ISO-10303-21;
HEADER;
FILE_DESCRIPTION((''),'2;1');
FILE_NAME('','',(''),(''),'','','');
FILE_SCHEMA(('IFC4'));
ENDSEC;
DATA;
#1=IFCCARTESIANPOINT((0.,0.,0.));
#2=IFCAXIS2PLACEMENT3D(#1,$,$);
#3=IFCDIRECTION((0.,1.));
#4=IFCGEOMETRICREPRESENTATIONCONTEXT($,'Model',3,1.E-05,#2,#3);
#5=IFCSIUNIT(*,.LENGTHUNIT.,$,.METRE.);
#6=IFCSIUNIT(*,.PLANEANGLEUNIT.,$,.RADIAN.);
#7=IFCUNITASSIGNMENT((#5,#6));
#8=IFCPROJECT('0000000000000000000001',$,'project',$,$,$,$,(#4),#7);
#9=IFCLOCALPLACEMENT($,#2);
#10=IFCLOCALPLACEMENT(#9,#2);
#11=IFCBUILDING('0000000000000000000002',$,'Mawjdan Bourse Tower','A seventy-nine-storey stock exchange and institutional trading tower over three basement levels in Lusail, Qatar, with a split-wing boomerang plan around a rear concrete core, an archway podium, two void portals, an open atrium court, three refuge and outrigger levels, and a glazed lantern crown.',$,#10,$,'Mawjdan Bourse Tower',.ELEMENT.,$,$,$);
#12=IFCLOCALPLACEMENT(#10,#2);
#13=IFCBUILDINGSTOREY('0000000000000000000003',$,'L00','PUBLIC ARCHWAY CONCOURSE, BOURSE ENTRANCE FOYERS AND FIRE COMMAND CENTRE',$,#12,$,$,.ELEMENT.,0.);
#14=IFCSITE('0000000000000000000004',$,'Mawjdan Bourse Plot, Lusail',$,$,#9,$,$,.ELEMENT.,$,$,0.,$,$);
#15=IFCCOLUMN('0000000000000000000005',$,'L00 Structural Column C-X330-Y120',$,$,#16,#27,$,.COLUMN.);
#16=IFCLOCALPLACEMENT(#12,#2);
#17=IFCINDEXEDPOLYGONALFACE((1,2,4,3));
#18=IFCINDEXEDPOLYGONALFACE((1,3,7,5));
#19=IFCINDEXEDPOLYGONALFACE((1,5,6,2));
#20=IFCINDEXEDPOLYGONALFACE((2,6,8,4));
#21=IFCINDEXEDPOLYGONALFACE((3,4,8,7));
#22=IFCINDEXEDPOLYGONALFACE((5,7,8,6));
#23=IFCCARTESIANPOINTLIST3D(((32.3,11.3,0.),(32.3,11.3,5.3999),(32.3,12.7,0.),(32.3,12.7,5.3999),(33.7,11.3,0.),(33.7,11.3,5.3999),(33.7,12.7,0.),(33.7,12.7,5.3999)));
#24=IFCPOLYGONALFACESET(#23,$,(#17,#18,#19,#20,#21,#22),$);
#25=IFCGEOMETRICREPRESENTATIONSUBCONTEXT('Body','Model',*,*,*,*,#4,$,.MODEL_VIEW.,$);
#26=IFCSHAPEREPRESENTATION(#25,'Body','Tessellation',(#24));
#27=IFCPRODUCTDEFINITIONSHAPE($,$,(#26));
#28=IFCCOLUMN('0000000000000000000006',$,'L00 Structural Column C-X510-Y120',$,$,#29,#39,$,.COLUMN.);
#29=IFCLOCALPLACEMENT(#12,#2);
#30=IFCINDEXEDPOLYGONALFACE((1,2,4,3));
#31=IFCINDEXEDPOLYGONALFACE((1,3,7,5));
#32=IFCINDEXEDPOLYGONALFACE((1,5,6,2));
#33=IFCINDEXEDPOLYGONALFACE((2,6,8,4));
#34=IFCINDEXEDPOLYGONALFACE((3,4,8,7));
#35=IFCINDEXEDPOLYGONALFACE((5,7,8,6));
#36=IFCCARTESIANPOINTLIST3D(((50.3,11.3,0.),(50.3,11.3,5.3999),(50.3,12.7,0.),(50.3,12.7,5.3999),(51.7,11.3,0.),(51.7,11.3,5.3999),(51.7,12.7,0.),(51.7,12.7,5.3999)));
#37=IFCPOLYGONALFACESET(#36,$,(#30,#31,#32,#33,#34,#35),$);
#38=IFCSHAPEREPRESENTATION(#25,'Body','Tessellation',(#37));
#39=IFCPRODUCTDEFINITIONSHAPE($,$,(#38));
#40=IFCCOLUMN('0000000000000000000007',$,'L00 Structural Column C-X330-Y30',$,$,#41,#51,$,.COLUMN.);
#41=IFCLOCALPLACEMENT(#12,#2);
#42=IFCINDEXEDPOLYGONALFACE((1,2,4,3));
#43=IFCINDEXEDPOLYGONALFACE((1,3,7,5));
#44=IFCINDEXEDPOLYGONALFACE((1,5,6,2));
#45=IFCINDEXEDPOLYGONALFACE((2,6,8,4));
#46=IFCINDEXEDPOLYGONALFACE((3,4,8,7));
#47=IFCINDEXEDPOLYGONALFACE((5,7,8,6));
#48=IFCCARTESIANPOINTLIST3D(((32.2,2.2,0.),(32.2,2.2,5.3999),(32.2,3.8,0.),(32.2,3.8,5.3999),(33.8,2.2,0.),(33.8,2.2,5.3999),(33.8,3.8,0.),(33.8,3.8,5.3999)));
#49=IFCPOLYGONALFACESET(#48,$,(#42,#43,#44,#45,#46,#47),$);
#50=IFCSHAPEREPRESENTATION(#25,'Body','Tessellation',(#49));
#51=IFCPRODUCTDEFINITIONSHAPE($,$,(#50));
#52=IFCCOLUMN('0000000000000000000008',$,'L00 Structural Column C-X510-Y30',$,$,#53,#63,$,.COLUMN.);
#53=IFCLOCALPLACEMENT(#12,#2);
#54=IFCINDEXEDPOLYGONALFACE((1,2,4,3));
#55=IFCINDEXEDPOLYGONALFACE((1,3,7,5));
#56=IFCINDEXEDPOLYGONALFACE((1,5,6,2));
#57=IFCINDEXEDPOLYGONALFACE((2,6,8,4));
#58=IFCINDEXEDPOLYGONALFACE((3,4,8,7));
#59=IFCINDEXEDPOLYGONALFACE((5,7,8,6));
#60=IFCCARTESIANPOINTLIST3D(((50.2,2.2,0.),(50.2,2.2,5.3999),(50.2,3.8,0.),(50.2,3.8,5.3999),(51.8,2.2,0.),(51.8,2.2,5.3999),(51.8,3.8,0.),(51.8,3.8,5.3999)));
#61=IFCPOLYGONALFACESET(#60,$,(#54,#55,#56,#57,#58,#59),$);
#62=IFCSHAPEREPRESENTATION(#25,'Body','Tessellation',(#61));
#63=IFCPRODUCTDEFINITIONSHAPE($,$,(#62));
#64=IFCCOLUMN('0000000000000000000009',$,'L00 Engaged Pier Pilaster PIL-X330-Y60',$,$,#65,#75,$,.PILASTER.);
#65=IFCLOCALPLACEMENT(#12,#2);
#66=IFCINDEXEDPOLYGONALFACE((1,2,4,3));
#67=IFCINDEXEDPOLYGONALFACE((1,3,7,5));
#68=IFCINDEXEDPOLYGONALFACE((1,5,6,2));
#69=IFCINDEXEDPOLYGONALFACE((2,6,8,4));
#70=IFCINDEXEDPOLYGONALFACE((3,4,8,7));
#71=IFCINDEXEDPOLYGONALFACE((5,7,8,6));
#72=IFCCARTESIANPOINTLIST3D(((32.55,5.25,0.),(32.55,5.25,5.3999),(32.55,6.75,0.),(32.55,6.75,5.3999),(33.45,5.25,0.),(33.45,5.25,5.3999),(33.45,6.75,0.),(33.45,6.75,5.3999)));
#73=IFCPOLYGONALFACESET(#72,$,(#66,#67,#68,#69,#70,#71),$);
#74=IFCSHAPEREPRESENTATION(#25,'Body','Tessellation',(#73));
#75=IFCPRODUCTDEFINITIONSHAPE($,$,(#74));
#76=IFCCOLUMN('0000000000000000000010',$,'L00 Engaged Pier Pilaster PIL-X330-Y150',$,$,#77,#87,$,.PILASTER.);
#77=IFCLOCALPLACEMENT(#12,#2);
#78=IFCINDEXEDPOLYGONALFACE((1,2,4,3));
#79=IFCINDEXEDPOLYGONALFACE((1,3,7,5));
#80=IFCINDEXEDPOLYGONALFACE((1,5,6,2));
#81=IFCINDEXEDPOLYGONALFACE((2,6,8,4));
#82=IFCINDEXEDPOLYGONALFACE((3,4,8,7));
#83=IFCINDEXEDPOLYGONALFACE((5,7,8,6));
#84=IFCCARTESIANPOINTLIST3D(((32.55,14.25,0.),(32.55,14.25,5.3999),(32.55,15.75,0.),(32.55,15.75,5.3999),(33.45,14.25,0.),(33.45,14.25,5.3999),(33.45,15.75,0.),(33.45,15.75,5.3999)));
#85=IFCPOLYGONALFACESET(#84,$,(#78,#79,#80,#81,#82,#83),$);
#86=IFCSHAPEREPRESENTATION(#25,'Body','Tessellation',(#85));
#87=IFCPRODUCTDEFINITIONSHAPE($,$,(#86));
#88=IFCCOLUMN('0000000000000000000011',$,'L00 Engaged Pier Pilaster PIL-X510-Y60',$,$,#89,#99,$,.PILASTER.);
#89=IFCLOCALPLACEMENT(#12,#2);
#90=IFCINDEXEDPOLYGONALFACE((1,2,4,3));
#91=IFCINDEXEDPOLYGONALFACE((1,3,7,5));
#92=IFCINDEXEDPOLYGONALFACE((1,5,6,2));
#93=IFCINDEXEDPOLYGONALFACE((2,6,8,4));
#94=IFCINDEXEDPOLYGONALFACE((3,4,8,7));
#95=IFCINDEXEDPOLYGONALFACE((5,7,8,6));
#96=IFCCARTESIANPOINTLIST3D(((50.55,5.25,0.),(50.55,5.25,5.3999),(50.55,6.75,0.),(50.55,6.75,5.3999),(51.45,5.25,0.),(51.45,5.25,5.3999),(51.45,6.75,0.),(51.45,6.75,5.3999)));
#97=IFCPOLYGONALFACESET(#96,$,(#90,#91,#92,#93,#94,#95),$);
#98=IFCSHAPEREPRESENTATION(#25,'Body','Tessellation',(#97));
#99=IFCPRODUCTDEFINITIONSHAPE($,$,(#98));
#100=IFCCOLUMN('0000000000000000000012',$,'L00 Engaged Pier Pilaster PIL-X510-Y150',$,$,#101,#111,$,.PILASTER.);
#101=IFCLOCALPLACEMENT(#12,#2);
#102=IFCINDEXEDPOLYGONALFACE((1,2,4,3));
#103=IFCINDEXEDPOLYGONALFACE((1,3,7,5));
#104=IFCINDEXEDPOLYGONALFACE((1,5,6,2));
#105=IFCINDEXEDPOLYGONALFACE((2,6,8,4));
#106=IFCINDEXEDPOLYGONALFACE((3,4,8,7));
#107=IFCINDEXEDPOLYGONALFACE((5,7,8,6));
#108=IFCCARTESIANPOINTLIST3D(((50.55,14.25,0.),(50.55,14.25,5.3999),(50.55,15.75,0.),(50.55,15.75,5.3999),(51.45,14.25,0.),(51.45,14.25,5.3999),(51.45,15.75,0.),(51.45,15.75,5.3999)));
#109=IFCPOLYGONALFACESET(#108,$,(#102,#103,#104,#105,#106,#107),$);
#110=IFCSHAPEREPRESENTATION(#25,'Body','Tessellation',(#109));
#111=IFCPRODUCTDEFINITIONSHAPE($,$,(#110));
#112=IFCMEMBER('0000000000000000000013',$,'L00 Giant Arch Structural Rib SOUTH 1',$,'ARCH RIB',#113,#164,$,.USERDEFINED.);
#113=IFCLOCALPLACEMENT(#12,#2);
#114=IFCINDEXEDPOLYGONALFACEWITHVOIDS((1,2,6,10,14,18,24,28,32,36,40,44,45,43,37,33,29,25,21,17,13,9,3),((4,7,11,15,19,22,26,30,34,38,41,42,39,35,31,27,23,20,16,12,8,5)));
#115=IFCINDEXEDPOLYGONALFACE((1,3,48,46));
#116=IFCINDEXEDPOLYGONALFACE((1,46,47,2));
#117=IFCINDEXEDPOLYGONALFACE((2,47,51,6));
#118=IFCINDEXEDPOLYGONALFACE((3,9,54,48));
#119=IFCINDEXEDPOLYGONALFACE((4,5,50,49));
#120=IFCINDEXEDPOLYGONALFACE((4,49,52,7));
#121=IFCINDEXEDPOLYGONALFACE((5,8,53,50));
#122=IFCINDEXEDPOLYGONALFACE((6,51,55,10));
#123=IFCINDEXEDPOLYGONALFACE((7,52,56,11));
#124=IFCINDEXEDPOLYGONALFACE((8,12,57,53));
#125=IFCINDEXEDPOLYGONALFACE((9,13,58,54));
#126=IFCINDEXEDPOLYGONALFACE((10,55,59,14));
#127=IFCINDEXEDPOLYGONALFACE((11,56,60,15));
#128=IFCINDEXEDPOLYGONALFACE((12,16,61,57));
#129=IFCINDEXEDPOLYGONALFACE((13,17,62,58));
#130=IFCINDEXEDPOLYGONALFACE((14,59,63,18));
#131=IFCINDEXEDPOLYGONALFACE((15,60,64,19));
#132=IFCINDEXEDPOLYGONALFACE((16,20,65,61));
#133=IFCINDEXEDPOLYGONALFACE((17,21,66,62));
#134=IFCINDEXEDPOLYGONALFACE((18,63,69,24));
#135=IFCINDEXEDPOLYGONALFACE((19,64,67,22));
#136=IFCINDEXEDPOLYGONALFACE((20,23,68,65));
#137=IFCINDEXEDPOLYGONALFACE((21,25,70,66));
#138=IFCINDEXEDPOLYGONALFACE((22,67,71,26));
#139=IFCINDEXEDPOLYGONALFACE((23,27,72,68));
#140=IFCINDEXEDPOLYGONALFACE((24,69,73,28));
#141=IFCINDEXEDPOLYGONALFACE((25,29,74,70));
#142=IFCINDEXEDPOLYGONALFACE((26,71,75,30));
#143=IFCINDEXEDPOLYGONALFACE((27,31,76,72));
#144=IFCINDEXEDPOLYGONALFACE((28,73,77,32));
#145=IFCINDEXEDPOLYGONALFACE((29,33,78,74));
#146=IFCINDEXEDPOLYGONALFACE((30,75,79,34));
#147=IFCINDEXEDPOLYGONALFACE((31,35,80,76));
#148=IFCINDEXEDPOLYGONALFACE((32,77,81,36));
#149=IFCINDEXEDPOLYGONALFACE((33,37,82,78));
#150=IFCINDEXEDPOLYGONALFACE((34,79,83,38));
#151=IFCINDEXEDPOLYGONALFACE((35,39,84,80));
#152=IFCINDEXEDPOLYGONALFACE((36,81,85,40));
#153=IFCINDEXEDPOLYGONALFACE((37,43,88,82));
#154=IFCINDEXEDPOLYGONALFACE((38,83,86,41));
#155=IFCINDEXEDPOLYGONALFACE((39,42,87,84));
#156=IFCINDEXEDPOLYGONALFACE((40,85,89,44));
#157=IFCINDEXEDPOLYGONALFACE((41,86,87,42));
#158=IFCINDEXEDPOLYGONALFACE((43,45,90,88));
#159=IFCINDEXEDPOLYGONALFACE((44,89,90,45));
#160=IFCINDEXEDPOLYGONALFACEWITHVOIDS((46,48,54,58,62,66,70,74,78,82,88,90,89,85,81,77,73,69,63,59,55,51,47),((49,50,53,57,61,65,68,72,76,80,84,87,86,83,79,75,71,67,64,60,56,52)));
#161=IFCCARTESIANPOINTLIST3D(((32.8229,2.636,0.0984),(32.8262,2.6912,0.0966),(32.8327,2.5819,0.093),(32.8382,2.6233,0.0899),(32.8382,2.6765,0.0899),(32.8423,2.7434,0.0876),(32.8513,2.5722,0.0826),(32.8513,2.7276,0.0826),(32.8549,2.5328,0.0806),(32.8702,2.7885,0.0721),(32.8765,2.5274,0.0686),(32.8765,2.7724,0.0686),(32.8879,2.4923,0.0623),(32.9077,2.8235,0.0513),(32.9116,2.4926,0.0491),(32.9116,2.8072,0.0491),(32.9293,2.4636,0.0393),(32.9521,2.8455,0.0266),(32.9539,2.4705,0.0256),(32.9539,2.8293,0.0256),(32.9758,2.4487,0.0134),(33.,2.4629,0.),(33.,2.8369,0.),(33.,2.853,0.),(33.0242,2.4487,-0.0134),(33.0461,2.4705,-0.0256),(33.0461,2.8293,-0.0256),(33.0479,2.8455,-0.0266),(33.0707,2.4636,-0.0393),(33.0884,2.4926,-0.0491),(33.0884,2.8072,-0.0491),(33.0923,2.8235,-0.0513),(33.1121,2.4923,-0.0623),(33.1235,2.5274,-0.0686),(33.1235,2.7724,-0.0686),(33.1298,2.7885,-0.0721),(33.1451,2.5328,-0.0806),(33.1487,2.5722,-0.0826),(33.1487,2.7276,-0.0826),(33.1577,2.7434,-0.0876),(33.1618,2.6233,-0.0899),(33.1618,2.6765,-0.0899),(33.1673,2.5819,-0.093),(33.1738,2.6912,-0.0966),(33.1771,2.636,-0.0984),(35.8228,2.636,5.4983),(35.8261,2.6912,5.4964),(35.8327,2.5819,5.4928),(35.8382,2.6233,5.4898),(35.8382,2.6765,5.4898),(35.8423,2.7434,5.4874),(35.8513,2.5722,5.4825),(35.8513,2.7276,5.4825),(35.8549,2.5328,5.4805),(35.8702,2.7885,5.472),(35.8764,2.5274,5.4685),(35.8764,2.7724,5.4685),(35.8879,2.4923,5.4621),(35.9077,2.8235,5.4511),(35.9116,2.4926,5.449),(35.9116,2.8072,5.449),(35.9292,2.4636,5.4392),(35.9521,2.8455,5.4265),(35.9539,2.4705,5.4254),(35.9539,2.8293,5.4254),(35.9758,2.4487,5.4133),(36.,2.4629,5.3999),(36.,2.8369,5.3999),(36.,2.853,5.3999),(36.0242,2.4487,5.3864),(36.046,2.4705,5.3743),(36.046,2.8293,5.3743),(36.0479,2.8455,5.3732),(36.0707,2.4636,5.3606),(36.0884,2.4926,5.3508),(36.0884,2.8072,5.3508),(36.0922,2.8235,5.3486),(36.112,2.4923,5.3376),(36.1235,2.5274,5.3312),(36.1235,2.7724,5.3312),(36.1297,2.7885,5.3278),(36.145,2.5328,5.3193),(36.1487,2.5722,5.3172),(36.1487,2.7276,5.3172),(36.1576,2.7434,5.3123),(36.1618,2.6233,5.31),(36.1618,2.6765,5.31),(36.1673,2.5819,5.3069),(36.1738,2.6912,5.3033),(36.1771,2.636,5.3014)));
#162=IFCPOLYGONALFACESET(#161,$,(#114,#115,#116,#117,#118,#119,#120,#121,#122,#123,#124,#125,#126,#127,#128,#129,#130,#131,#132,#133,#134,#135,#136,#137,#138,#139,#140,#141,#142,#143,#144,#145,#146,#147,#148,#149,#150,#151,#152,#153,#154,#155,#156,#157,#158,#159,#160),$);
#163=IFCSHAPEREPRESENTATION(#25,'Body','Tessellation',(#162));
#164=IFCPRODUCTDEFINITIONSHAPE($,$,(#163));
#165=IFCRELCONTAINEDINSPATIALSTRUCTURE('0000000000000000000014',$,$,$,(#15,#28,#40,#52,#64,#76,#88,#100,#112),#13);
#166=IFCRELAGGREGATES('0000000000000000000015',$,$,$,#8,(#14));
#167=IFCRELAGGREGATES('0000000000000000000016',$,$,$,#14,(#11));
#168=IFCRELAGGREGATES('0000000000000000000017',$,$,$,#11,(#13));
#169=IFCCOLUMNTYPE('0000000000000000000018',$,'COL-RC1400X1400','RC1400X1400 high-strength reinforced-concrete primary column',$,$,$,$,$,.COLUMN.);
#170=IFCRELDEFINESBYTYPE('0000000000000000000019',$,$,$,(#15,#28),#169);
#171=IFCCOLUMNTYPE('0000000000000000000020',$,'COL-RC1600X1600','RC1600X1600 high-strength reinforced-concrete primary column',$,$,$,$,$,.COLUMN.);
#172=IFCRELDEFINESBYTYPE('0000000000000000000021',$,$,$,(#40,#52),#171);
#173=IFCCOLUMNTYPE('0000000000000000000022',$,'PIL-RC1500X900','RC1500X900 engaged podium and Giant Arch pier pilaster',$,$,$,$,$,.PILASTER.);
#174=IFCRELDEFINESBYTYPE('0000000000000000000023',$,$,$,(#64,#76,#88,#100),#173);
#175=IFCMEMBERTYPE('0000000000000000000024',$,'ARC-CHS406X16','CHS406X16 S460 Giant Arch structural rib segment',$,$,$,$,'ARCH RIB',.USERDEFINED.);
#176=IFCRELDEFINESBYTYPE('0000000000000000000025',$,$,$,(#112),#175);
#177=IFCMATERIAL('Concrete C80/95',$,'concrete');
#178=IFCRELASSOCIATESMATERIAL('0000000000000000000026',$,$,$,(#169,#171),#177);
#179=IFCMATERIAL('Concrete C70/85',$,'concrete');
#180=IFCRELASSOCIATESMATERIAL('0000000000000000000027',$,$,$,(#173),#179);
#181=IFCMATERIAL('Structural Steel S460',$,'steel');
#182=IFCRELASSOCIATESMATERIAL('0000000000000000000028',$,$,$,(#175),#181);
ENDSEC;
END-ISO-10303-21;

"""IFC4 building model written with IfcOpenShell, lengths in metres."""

from ifc_helpers import new_model, si_unit, direction, frame, origin, origin_2d, place, context, subcontext, project, spatial, rectangle, hollow_circle, extrude, material, material_profile, profile_set, type_object, element, save


model = new_model("IFC4")

# Units and contexts
model_context = context("Model", 3, precision=1e-05, world=origin(), true_north=direction((0.0, 1.0)))
body_context = subcontext(model_context, "Body", "Model", "MODEL_VIEW")
ifc_project = project(units=[si_unit("LENGTHUNIT", "METRE"), si_unit("PLANEANGLEUNIT", "RADIAN")], contexts=[model_context])

# Site, building, storey
site_placement = place(None, origin())
site = spatial("IfcSite", under=ifc_project, at=site_placement, Name="Mawjdan Bourse Plot, Lusail", CompositionType="ELEMENT", RefElevation=0.0)
building_placement = place(site_placement, origin())
building = spatial("IfcBuilding", under=site, at=building_placement, Name="Mawjdan Bourse Tower", Description="A seventy-nine-storey stock exchange and institutional trading tower over three basement levels in Lusail, Qatar, with a split-wing boomerang plan around a rear concrete core, an archway podium, two void portals, an open atrium court, three refuge and outrigger levels, and a glazed lantern crown.", LongName="Mawjdan Bourse Tower", CompositionType="ELEMENT")
storey_placement = place(building_placement, origin())
storey = spatial("IfcBuildingStorey", under=building, at=storey_placement, Name="L00", Description="PUBLIC ARCHWAY CONCOURSE, BOURSE ENTRANCE FOYERS AND FIRE COMMAND CENTRE", CompositionType="ELEMENT", Elevation=0.0)

# Columns
ifc_material_1 = material(Name="Concrete C80/95", Category="concrete")
ifc_material_profile_1 = material_profile(ifc_material_1, rectangle(XDim=1.3999, YDim=1.3999, at=origin_2d()), Name="RC1400X1400")
ifc_profile_set_1 = profile_set([ifc_material_profile_1], Name="Concrete C80/95")
column_type_1 = type_object("IfcColumnType", Name="COL-RC1400X1400", Description="RC1400X1400 high-strength reinforced-concrete primary column", PredefinedType="COLUMN", material=ifc_profile_set_1)
for number, where, z_axis, x_axis, name in (
    (1, (33.0, 12.0, 0.0), (0.0, 0.0, 1.0), (1.0, 0.0, 0.0), "L00 Structural Column C-X330-Y120"),
    (2, (51.0, 12.0, 0.0), (0.0, 0.0, 1.0), (1.0, 0.0, 0.0), "L00 Structural Column C-X510-Y120"),
):
    element("IfcColumn", number, at=place(storey_placement, frame(where, z_axis=z_axis, x_axis=x_axis)), inside=storey, type_object=column_type_1, Name=name, PredefinedType="COLUMN", context=body_context, shape_type="SweptSolid", body=[
        extrude(rectangle(XDim=1.3999, YDim=1.3999, at=origin_2d()), origin(), (0.0, 0.0, 1.0), 5.3999),
    ])
ifc_material_profile_2 = material_profile(ifc_material_1, rectangle(XDim=1.6001, YDim=1.6001, at=origin_2d()), Name="RC1600X1600")
ifc_profile_set_2 = profile_set([ifc_material_profile_2], Name="Concrete C80/95")
column_type_2 = type_object("IfcColumnType", Name="COL-RC1600X1600", Description="RC1600X1600 high-strength reinforced-concrete primary column", PredefinedType="COLUMN", material=ifc_profile_set_2)
for number, where, z_axis, x_axis, name in (
    (3, (33.0, 3.0, 0.0), (0.0, 0.0, 1.0), (1.0, 0.0, 0.0), "L00 Structural Column C-X330-Y30"),
    (4, (51.0, 3.0, 0.0), (0.0, 0.0, 1.0), (1.0, 0.0, 0.0), "L00 Structural Column C-X510-Y30"),
):
    element("IfcColumn", number, at=place(storey_placement, frame(where, z_axis=z_axis, x_axis=x_axis)), inside=storey, type_object=column_type_2, Name=name, PredefinedType="COLUMN", context=body_context, shape_type="SweptSolid", body=[
        extrude(rectangle(XDim=1.6001, YDim=1.6001, at=origin_2d()), origin(), (0.0, 0.0, 1.0), 5.3999),
    ])
ifc_material_2 = material(Name="Concrete C70/85", Category="concrete")
ifc_material_profile_3 = material_profile(ifc_material_2, rectangle(XDim=0.8999, YDim=1.5, at=origin_2d()), Name="RC1500X900")
ifc_profile_set_3 = profile_set([ifc_material_profile_3], Name="Concrete C70/85")
column_type_3 = type_object("IfcColumnType", Name="PIL-RC1500X900", Description="RC1500X900 engaged podium and Giant Arch pier pilaster", PredefinedType="PILASTER", material=ifc_profile_set_3)
for number, where, z_axis, x_axis, name in (
    (5, (33.0, 6.0, 0.0), (0.0, 0.0, 1.0), (1.0, 0.0, 0.0), "L00 Engaged Pier Pilaster PIL-X330-Y60"),
    (6, (33.0, 15.0, 0.0), (0.0, 0.0, 1.0), (1.0, 0.0, 0.0), "L00 Engaged Pier Pilaster PIL-X330-Y150"),
    (7, (51.0, 6.0, 0.0), (0.0, 0.0, 1.0), (1.0, 0.0, 0.0), "L00 Engaged Pier Pilaster PIL-X510-Y60"),
    (8, (51.0, 15.0, 0.0), (0.0, 0.0, 1.0), (1.0, 0.0, 0.0), "L00 Engaged Pier Pilaster PIL-X510-Y150"),
):
    element("IfcColumn", number, at=place(storey_placement, frame(where, z_axis=z_axis, x_axis=x_axis)), inside=storey, type_object=column_type_3, Name=name, PredefinedType="PILASTER", context=body_context, shape_type="SweptSolid", body=[
        extrude(rectangle(XDim=0.8999, YDim=1.5, at=origin_2d()), origin(), (0.0, 0.0, 1.0), 5.3999),
    ])

# Member
ifc_material_3 = material(Name="Structural Steel S460", Category="steel")
ifc_material_profile_4 = material_profile(ifc_material_3, hollow_circle(Radius=0.2031, WallThickness=0.0161, at=origin_2d()), Name="CHS406X16")
ifc_profile_set_4 = profile_set([ifc_material_profile_4], Name="Structural Steel S460")
member_type_1 = type_object("IfcMemberType", Name="ARC-CHS406X16", Description="CHS406X16 S460 Giant Arch structural rib segment", ElementType="ARCH RIB", PredefinedType="USERDEFINED", material=ifc_profile_set_4)
for number, where, z_axis, x_axis, name in (
    (9, (33.0, 2.6499, 0.0), (0.48565, 0.0, 0.874154), (0.0, 1.0, 0.0), "L00 Giant Arch Structural Rib SOUTH 1"),
):
    element("IfcMember", number, at=place(storey_placement, frame(where, z_axis=z_axis, x_axis=x_axis)), inside=storey, type_object=member_type_1, Name=name, ObjectType="ARCH RIB", PredefinedType="USERDEFINED", context=body_context, shape_type="SweptSolid", body=[
        extrude(hollow_circle(Radius=0.2031, WallThickness=0.0161, at=origin_2d()), origin(), (0.0, 0.0, 1.0), 6.1772),
    ])

save(model, "model.ifc")
